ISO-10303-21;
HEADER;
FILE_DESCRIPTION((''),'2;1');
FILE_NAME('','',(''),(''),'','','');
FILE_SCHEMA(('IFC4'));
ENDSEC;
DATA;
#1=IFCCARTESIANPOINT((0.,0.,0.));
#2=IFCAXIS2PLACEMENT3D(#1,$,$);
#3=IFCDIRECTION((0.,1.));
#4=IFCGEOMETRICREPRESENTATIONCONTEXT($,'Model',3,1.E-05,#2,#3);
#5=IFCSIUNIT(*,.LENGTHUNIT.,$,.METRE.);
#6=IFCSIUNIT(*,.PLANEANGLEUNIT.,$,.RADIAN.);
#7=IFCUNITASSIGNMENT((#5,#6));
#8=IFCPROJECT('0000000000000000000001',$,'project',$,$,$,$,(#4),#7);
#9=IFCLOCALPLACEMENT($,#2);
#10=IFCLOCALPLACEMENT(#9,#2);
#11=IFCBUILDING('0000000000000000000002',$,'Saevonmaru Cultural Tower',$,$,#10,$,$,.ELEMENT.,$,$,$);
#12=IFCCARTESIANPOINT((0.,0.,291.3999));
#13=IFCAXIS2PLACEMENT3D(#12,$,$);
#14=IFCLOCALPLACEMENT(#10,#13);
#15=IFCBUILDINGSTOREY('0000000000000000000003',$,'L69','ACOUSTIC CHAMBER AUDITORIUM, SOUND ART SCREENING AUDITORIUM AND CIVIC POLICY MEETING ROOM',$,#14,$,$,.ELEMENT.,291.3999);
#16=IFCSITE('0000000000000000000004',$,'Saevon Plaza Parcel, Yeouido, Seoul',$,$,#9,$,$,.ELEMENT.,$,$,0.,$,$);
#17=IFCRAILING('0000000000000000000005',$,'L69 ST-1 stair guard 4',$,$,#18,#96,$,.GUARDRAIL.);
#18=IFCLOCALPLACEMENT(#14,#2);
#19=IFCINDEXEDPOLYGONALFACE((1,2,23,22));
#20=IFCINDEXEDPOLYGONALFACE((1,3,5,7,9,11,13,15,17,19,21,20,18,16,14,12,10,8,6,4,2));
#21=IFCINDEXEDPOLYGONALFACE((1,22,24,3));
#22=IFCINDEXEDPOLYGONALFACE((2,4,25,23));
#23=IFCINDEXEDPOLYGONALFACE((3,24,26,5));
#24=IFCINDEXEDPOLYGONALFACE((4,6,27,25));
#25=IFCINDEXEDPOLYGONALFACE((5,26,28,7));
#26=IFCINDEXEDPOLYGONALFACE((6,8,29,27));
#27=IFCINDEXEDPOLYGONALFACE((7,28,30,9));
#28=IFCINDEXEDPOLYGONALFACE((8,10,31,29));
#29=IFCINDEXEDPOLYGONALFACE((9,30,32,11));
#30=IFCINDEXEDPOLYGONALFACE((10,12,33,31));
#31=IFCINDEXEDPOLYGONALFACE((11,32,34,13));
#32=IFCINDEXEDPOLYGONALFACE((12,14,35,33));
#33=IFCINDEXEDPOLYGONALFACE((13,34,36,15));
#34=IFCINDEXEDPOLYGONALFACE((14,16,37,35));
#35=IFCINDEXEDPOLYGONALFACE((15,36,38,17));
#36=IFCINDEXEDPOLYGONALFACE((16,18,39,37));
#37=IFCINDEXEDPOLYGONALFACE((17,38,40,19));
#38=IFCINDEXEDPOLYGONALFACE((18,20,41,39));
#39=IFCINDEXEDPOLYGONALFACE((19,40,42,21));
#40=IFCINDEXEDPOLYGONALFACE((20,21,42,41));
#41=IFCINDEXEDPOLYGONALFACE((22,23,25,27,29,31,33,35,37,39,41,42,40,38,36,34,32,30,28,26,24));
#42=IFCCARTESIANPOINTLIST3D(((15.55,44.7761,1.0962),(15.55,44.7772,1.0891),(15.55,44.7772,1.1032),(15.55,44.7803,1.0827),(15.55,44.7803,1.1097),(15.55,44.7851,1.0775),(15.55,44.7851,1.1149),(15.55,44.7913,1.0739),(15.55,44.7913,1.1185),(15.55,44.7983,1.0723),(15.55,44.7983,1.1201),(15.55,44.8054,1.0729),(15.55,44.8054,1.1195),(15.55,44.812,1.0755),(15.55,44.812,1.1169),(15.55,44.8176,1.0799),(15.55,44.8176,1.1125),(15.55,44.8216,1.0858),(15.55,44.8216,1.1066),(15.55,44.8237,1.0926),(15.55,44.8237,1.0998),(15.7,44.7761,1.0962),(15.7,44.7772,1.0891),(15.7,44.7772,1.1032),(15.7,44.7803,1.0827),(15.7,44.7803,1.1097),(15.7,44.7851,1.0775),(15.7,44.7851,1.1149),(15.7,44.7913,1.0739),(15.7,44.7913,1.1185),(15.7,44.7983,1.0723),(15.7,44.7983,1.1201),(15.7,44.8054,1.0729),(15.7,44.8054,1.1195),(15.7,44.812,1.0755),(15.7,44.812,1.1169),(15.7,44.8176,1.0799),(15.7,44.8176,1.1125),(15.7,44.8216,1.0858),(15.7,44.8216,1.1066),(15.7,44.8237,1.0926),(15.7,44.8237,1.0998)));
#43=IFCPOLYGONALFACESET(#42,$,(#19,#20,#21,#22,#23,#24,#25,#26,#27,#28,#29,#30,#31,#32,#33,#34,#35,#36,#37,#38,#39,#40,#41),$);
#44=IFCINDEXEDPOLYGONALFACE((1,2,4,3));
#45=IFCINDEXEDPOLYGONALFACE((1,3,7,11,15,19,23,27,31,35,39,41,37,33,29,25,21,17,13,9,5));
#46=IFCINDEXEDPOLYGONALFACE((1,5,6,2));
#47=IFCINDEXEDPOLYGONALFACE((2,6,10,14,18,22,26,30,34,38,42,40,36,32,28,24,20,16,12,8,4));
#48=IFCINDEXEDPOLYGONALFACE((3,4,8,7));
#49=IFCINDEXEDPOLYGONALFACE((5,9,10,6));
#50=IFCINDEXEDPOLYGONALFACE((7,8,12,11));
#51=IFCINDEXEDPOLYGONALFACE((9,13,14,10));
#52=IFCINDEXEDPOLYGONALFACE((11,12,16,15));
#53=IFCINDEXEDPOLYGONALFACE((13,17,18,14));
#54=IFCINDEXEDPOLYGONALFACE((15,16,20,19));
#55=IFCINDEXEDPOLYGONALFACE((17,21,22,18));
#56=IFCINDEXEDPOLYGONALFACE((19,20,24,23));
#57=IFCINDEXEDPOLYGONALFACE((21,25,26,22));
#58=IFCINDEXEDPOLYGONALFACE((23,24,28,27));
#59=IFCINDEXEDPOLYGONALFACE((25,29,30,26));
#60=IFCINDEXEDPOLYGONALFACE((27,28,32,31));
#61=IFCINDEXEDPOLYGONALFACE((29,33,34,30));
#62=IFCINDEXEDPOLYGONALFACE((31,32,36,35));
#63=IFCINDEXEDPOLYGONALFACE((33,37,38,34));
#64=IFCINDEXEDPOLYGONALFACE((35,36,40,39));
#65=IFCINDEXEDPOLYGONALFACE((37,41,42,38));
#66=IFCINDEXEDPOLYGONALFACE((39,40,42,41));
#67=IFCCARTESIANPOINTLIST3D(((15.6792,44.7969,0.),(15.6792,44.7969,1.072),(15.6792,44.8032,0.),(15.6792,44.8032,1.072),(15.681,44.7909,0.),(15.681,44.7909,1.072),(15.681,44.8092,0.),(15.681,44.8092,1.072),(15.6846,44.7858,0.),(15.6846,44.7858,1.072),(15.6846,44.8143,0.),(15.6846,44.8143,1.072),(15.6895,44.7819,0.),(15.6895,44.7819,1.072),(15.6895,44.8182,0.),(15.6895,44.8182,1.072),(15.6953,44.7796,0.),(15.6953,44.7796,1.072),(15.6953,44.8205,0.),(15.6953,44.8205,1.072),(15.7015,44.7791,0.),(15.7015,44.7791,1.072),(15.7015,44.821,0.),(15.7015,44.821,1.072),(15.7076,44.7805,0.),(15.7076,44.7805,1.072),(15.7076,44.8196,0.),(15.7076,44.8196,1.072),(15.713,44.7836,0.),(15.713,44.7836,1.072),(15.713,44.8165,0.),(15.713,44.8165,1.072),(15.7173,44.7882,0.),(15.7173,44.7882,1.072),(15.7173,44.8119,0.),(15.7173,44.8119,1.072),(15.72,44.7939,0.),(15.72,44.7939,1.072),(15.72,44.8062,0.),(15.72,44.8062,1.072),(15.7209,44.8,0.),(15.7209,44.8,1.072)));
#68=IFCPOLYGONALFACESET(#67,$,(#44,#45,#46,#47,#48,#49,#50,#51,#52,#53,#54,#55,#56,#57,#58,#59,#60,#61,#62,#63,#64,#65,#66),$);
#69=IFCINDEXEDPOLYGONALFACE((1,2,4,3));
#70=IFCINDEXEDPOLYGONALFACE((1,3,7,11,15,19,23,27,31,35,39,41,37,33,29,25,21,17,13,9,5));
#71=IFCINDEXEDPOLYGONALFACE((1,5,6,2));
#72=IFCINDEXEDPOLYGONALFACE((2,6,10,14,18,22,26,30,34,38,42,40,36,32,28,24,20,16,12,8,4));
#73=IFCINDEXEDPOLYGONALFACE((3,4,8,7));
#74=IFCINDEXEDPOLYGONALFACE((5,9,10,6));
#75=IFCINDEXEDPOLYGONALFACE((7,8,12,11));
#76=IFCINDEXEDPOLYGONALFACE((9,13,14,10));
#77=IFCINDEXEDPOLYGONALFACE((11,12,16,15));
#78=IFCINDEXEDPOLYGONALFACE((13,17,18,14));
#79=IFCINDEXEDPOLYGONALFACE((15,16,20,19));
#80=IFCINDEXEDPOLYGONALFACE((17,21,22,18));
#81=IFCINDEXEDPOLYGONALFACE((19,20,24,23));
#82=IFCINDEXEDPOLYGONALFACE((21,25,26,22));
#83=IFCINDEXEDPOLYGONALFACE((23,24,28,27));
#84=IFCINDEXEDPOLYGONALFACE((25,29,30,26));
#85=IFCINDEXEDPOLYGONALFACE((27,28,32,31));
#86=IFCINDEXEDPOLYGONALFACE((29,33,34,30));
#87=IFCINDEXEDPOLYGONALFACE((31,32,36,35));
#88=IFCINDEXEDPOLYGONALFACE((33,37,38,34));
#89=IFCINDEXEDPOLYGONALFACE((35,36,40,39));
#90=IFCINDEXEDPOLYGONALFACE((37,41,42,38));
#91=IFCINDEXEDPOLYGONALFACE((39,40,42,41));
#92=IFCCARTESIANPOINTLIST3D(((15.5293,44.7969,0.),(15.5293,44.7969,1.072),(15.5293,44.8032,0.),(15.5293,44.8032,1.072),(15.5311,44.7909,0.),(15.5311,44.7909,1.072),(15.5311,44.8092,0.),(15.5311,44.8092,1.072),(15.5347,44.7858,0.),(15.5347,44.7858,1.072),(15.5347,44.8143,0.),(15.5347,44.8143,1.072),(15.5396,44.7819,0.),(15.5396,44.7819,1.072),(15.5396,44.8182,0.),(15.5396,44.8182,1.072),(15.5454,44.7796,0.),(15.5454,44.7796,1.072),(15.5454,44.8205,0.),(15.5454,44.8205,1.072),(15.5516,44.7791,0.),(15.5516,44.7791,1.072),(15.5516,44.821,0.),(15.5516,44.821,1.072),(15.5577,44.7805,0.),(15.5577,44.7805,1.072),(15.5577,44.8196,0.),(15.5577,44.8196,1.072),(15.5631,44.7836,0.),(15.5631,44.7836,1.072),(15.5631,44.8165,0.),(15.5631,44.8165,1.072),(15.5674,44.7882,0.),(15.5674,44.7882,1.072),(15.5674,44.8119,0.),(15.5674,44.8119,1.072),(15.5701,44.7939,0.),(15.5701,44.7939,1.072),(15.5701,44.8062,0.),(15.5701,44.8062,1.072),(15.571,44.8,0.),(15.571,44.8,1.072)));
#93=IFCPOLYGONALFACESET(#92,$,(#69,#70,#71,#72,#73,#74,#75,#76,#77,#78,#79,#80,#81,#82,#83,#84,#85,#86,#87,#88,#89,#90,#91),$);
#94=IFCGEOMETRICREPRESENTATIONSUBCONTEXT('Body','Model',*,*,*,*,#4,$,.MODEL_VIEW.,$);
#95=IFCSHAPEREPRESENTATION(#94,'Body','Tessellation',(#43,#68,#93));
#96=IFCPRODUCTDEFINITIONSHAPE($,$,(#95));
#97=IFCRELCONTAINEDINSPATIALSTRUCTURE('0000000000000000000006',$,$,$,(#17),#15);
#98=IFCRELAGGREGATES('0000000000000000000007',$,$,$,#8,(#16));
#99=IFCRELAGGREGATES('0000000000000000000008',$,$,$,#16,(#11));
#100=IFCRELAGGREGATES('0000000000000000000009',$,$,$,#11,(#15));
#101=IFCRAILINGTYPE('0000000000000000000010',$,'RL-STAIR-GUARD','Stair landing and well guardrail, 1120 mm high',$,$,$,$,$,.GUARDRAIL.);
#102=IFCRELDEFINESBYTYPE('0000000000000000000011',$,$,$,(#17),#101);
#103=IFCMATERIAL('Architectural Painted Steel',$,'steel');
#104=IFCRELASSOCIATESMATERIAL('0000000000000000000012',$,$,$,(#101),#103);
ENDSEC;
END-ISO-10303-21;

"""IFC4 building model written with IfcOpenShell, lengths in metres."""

from ifc_helpers import new_model, si_unit, direction, frame, origin, origin_2d, place, context, subcontext, project, spatial, circle, extrude, material, type_object, element, save


model = new_model("IFC4")

# Units and contexts
model_context = context("Model", 3, precision=1e-05, world=origin(), true_north=direction((0.0, 1.0)))
body_context = subcontext(model_context, "Body", "Model", "MODEL_VIEW")
ifc_project = project(units=[si_unit("LENGTHUNIT", "METRE"), si_unit("PLANEANGLEUNIT", "RADIAN")], contexts=[model_context])

# Site, building, storey
site_placement = place(None, origin())
site = spatial("IfcSite", under=ifc_project, at=site_placement, Name="Saevon Plaza Parcel, Yeouido, Seoul", CompositionType="ELEMENT", RefElevation=0.0)
building_placement = place(site_placement, origin())
building = spatial("IfcBuilding", under=site, at=building_placement, Name="Saevonmaru Cultural Tower", CompositionType="ELEMENT")
storey_placement = place(building_placement, frame((0.0, 0.0, 291.3999)))
storey = spatial("IfcBuildingStorey", under=building, at=storey_placement, Name="L69", Description="ACOUSTIC CHAMBER AUDITORIUM, SOUND ART SCREENING AUDITORIUM AND CIVIC POLICY MEETING ROOM", CompositionType="ELEMENT", Elevation=291.3999)

# Railing
ifc_material_1 = material(Name="Architectural Painted Steel", Category="steel")
railing_type_1 = type_object("IfcRailingType", Name="RL-STAIR-GUARD", Description="Stair landing and well guardrail, 1120 mm high", PredefinedType="GUARDRAIL", material=ifc_material_1)
railing_1_placement = place(storey_placement, frame((15.7, 44.8, 0.0)))
element("IfcRailing", 1, at=railing_1_placement, inside=storey, type_object=railing_type_1, Name="L69 ST-1 stair guard 4", PredefinedType="GUARDRAIL", context=body_context, shape_type="SweptSolid", body=[
    extrude(circle(Radius=0.0239, at=origin_2d()), frame((0.0, 0.0, 1.0962), z_axis=(-1.0, 0.0, 0.0), x_axis=(0.0, -1.0, 0.0)), (0.0, 0.0, 1.0), 0.1499),
    extrude(circle(Radius=0.021, at=origin_2d()), origin(), (0.0, 0.0, 1.0), 1.072),
    extrude(circle(Radius=0.021, at=origin_2d()), frame((-0.1499, 0.0, 0.0)), (0.0, 0.0, 1.0), 1.072),
])

save(model, "model.ifc")
